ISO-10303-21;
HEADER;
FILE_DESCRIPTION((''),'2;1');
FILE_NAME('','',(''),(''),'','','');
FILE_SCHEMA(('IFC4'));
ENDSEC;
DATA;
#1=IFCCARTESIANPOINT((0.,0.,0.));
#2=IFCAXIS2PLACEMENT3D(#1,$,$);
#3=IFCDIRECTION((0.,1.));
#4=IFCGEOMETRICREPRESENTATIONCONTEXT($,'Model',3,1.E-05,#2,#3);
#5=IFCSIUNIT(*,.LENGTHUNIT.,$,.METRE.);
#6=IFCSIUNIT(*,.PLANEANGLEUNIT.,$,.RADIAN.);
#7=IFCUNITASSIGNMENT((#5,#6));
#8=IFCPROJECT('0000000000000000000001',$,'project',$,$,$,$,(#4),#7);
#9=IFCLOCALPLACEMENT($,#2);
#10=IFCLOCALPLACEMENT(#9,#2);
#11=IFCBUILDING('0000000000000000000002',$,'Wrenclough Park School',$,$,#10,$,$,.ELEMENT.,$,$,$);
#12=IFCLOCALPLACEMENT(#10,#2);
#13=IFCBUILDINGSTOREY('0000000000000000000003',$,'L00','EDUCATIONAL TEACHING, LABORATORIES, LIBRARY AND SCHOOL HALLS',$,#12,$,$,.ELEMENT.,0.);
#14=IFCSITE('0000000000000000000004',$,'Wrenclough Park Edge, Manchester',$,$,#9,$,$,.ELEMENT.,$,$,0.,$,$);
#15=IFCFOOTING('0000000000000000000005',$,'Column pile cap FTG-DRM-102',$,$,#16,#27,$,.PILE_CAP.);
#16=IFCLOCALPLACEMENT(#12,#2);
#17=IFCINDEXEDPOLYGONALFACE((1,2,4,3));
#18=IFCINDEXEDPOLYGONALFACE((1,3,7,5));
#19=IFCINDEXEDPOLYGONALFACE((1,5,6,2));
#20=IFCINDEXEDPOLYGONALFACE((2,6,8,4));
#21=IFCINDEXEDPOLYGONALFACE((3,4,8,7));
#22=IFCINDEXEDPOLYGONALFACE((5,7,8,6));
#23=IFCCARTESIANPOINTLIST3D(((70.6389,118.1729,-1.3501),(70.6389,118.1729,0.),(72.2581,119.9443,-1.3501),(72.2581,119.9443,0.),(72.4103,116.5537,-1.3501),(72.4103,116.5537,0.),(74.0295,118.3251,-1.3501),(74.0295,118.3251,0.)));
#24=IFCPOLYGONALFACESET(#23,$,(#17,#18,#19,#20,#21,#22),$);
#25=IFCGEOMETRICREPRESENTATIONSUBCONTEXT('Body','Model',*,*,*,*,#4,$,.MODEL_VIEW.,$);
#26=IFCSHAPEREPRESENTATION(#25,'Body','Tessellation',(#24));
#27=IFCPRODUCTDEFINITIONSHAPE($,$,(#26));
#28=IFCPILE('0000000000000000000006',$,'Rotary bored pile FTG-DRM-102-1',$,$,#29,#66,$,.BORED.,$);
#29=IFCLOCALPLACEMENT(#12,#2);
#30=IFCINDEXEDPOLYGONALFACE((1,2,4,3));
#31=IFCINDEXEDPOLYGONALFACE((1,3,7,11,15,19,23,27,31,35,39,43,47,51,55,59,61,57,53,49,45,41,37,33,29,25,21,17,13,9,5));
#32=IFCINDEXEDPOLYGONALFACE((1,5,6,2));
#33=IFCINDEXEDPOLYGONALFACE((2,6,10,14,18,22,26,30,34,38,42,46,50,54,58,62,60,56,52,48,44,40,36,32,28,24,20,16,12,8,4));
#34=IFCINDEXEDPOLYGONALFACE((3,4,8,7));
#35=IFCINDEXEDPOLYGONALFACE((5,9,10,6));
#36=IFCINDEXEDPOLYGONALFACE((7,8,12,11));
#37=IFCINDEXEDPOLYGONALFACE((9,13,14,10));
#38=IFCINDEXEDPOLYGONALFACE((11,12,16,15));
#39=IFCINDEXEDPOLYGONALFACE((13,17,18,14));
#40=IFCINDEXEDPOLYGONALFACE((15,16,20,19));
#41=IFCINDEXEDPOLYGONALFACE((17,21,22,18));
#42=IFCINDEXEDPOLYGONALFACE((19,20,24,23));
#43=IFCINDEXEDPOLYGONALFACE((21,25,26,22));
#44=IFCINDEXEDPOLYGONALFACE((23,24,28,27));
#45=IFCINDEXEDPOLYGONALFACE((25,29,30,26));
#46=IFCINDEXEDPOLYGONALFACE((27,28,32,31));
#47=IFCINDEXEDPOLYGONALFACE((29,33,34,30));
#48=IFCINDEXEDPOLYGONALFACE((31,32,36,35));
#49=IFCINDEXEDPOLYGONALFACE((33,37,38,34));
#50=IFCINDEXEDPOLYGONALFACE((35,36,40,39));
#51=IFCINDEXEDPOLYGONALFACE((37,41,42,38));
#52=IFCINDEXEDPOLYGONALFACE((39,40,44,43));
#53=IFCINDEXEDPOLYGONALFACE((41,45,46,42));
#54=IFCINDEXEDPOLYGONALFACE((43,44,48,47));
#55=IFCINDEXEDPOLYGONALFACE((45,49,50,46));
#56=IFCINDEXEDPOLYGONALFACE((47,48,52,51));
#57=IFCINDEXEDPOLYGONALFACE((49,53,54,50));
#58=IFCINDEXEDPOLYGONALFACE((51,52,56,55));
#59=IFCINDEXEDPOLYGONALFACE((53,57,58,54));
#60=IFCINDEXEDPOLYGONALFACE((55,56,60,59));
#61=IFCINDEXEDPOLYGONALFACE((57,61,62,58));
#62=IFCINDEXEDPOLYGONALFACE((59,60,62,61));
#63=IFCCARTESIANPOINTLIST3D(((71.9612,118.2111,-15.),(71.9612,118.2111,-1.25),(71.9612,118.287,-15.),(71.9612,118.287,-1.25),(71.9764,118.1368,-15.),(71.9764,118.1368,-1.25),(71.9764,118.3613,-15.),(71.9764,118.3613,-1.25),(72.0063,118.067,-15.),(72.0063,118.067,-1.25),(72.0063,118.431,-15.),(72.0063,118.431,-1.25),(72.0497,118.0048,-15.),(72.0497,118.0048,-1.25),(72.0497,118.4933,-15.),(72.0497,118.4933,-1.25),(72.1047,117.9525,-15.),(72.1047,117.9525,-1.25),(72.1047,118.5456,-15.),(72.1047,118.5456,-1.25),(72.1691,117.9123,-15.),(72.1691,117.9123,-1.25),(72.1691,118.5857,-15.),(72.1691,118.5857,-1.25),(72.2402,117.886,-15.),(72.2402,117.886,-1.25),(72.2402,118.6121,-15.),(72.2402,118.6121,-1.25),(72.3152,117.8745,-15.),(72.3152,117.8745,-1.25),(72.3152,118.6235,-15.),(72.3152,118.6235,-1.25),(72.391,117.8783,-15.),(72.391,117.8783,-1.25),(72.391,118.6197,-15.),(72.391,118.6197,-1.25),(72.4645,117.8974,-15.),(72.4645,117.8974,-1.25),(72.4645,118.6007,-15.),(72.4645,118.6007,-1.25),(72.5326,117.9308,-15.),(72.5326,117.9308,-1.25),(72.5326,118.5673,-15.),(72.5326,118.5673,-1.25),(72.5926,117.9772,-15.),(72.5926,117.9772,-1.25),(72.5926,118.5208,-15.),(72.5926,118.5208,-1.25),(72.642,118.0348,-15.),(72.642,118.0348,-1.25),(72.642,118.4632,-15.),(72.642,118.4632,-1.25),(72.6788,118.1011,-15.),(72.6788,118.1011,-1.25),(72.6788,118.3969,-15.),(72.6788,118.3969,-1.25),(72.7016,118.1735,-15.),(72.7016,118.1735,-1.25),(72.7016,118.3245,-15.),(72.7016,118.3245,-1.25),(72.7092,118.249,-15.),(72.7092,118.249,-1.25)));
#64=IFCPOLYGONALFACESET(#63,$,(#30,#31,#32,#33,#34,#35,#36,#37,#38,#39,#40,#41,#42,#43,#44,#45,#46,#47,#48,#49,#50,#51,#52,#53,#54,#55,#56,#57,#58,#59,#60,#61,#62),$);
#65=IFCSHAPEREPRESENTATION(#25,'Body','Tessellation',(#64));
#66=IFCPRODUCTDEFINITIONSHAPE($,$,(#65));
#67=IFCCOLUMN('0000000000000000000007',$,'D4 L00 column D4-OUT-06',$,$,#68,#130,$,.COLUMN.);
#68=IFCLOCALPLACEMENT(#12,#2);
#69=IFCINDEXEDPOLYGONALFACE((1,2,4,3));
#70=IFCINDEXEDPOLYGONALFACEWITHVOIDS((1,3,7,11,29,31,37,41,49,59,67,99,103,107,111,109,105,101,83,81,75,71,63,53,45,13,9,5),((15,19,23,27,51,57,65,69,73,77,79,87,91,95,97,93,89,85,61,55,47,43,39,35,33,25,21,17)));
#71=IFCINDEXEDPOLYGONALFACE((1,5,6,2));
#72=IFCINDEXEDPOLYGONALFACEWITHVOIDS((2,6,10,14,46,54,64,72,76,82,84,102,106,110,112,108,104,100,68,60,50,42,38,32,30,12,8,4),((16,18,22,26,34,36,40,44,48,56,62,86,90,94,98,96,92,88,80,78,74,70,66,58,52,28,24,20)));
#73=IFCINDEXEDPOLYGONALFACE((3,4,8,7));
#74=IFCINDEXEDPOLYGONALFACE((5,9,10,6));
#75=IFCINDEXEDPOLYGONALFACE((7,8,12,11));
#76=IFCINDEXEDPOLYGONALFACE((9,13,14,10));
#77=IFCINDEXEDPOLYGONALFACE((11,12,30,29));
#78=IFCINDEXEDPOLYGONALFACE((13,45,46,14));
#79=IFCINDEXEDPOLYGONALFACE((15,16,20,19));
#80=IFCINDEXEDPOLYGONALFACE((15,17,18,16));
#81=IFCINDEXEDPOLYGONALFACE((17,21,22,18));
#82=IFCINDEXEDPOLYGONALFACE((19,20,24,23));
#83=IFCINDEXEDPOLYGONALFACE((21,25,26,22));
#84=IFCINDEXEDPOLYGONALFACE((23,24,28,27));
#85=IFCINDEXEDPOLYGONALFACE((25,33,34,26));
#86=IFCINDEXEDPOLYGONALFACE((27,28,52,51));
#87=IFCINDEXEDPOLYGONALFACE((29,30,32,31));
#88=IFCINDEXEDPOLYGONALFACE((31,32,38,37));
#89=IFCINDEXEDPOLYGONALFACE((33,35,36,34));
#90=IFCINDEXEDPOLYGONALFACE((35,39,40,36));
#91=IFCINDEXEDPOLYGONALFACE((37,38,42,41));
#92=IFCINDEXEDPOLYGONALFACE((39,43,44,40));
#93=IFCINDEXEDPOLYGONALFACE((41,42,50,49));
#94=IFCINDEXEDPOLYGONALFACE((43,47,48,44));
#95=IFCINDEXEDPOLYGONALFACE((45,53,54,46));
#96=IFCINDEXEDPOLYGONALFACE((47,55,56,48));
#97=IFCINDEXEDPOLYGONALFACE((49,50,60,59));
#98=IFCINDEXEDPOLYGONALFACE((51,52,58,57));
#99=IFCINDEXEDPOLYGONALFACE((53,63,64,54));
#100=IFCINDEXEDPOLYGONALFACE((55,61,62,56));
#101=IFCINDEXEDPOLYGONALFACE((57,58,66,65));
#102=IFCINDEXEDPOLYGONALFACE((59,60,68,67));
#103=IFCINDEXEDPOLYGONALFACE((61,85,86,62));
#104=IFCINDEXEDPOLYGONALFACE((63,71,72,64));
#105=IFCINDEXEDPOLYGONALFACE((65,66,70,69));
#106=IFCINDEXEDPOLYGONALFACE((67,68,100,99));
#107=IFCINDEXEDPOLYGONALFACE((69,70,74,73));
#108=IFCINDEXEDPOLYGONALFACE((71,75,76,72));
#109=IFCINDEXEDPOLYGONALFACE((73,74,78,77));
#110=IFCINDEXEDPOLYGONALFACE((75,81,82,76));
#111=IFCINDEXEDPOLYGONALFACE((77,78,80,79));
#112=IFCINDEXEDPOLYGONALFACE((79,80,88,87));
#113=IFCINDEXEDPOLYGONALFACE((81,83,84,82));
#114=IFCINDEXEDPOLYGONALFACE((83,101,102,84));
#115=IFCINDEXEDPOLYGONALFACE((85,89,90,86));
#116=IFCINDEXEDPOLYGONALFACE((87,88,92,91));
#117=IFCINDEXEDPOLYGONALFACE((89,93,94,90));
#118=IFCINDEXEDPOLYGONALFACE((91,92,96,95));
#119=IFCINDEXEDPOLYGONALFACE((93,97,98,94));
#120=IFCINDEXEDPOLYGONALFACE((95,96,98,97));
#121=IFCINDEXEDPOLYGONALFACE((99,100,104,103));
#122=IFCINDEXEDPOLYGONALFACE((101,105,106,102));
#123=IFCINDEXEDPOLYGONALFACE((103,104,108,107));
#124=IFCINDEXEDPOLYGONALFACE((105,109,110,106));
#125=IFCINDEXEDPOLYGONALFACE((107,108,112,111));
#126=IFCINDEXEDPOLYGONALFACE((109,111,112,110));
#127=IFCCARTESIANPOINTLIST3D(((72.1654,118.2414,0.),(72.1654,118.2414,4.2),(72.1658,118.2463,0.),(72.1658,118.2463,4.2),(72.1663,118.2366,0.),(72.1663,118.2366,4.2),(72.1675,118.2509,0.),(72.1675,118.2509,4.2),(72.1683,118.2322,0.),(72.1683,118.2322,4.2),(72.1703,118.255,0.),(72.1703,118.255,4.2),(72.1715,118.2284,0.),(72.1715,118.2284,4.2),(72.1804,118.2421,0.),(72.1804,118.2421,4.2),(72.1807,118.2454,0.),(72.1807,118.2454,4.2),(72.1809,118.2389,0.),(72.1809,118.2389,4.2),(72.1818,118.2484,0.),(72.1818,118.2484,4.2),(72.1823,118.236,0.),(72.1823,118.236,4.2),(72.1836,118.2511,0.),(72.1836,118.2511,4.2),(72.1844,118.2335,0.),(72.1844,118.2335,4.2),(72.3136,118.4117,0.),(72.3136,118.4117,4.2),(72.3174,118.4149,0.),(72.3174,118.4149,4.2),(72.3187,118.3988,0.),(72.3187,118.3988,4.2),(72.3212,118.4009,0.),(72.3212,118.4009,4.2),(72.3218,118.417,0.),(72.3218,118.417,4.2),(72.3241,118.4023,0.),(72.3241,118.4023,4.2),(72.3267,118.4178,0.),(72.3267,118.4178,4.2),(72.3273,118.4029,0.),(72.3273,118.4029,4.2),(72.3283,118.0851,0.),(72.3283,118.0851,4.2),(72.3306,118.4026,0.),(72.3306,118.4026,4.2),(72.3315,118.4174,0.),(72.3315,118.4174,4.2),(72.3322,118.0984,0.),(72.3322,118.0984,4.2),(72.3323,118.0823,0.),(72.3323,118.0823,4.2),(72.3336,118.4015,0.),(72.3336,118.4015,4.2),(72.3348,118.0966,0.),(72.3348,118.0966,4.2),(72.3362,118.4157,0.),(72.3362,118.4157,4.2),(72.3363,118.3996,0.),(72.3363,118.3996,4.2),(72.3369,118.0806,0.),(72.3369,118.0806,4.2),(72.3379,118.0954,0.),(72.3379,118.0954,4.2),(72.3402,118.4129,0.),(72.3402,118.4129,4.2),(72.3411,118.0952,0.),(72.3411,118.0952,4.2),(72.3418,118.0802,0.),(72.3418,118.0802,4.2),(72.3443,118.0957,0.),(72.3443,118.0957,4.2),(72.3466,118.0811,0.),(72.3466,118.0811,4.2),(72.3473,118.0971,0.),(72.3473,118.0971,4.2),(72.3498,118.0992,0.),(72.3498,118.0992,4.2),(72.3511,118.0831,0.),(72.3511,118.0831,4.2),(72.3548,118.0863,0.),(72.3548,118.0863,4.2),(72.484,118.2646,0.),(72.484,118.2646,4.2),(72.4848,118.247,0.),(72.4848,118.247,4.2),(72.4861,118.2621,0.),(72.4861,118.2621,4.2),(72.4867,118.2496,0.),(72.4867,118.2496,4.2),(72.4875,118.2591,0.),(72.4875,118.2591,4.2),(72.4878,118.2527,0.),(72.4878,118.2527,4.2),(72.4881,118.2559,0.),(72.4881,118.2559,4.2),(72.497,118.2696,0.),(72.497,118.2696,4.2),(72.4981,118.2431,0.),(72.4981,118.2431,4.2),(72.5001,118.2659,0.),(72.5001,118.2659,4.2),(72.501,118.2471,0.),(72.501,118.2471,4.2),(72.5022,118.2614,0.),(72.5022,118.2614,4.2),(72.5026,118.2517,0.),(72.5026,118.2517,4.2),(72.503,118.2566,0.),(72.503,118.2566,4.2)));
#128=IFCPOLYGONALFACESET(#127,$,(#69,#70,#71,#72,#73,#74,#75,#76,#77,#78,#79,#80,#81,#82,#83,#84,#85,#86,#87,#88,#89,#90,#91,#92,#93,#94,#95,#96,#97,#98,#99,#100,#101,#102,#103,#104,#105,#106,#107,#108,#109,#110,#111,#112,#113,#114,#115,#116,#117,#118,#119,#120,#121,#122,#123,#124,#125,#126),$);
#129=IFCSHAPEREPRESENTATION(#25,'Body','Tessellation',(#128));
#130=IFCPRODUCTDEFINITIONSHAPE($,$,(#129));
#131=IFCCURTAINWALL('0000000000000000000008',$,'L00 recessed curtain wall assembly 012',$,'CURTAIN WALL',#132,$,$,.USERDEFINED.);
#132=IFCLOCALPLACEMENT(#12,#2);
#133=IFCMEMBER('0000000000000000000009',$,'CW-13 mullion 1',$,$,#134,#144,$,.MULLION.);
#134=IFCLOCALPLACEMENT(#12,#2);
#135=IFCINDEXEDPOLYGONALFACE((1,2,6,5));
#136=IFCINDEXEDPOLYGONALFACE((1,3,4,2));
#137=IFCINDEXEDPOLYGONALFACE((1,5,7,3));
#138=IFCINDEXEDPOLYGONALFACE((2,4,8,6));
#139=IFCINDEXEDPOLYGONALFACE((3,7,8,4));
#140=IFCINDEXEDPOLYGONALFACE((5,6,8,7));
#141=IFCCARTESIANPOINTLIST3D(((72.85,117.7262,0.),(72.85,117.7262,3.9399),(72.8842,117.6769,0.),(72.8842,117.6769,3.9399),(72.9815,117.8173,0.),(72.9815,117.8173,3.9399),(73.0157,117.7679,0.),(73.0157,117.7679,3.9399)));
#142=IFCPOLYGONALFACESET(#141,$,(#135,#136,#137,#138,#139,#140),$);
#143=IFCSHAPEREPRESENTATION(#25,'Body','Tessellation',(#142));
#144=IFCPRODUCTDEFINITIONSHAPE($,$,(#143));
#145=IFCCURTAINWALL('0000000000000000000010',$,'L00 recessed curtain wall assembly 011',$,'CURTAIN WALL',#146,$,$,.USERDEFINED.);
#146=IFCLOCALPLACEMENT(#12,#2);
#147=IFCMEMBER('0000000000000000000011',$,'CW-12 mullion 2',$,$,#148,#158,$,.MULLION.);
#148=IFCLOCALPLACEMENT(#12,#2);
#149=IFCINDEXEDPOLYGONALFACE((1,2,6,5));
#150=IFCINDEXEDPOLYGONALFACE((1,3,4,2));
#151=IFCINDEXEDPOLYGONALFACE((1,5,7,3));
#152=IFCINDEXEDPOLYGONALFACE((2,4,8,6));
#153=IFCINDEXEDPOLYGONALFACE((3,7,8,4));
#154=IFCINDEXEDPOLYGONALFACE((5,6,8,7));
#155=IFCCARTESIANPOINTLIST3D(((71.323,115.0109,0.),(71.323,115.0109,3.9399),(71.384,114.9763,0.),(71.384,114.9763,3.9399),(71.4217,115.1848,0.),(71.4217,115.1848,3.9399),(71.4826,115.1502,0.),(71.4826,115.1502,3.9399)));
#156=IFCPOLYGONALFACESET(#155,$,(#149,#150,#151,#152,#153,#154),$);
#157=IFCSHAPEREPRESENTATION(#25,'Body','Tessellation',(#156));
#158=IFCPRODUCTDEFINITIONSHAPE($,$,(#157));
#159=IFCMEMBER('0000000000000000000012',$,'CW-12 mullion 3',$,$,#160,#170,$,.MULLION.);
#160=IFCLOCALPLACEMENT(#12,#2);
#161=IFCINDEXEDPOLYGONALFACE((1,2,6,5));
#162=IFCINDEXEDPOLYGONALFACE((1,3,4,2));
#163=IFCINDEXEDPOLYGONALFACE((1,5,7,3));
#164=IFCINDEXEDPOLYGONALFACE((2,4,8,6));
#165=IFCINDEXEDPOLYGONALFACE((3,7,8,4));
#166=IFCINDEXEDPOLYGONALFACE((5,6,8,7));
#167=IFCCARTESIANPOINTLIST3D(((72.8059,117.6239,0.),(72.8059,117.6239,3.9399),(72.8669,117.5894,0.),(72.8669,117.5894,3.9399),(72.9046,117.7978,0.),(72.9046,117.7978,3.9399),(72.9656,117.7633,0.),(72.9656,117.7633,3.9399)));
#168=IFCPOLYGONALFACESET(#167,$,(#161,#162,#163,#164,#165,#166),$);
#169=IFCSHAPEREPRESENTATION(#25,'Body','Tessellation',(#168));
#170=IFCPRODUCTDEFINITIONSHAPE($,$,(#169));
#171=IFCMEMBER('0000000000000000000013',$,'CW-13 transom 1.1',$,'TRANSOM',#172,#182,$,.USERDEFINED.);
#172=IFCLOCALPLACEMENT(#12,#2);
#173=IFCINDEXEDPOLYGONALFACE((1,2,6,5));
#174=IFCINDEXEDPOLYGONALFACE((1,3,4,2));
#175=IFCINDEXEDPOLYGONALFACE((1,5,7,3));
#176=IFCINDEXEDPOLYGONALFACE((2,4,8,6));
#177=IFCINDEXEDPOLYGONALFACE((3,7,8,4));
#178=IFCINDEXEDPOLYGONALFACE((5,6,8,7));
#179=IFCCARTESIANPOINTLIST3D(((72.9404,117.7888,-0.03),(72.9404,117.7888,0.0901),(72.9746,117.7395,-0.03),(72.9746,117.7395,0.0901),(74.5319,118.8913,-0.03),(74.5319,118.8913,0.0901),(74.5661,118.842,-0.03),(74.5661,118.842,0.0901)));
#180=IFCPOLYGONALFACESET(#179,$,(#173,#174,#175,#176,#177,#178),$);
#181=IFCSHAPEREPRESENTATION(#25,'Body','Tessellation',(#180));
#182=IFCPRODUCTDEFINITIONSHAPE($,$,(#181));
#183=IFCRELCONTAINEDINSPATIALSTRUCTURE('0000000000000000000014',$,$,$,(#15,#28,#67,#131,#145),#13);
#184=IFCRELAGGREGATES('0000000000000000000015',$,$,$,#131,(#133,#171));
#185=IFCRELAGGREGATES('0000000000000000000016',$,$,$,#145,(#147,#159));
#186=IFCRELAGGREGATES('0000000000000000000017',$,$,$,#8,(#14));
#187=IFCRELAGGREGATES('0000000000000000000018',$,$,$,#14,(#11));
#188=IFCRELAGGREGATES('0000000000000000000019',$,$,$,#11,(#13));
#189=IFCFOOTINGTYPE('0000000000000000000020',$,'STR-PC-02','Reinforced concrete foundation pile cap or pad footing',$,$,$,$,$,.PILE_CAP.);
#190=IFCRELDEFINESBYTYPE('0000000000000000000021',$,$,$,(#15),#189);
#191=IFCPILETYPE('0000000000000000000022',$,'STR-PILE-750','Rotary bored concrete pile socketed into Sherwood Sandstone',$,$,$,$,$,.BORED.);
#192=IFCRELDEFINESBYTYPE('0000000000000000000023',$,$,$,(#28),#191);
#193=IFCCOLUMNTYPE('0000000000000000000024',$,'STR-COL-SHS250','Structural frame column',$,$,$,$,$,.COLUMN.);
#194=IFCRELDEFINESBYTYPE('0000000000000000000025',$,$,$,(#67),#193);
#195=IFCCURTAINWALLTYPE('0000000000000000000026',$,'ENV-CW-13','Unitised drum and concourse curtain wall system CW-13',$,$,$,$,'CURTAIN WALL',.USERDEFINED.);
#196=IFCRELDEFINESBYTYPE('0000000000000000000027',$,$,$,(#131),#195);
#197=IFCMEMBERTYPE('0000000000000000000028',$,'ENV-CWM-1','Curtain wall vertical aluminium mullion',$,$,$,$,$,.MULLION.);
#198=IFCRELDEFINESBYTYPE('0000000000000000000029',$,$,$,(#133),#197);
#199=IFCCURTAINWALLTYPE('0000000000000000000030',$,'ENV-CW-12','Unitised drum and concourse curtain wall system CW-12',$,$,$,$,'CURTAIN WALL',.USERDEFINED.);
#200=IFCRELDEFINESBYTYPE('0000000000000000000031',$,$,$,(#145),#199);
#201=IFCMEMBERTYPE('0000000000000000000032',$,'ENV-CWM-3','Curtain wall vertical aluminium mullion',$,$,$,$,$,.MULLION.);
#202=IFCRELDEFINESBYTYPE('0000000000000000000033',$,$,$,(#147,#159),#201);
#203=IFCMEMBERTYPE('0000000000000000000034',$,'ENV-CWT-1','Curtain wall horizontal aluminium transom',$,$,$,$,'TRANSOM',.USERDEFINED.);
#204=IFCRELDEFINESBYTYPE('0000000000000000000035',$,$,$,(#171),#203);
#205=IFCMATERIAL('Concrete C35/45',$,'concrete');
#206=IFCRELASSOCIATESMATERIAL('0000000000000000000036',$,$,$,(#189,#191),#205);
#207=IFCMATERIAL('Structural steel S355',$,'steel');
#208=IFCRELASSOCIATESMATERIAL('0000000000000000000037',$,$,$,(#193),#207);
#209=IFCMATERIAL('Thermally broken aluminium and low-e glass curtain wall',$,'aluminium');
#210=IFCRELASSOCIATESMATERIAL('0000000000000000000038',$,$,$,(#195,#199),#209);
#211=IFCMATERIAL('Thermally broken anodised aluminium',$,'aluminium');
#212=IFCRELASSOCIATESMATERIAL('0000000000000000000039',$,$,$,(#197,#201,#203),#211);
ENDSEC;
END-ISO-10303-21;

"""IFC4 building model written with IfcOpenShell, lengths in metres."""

from ifc_helpers import new_model, si_unit, direction, frame, origin, origin_2d, place, context, subcontext, project, spatial, rectangle, hollow_rectangle, circle, extrude, material, material_profile, profile_set, type_object, element, aggregate, save


model = new_model("IFC4")

# Units and contexts
model_context = context("Model", 3, precision=1e-05, world=origin(), true_north=direction((0.0, 1.0)))
body_context = subcontext(model_context, "Body", "Model", "MODEL_VIEW")
ifc_project = project(units=[si_unit("LENGTHUNIT", "METRE"), si_unit("PLANEANGLEUNIT", "RADIAN")], contexts=[model_context])

# Site, building, storey
site_placement = place(None, origin())
site = spatial("IfcSite", under=ifc_project, at=site_placement, Name="Wrenclough Park Edge, Manchester", CompositionType="ELEMENT", RefElevation=0.0)
building_placement = place(site_placement, origin())
building = spatial("IfcBuilding", under=site, at=building_placement, Name="Wrenclough Park School", CompositionType="ELEMENT")
storey_placement = place(building_placement, origin())
storey = spatial("IfcBuildingStorey", under=building, at=storey_placement, Name="L00", Description="EDUCATIONAL TEACHING, LABORATORIES, LIBRARY AND SCHOOL HALLS", CompositionType="ELEMENT", Elevation=0.0)

# Footing
ifc_material_1 = material(Name="Concrete C35/45", Category="concrete")
footing_type = type_object("IfcFootingType", Name="STR-PC-02", Description="Reinforced concrete foundation pile cap or pad footing", PredefinedType="PILE_CAP", material=ifc_material_1)
footing_placement = place(storey_placement, frame((72.3342, 118.249, -1.3501), z_axis=(0.0, 0.0, 1.0), x_axis=(-0.674689, -0.738102, 0.0)))
element("IfcFooting", 1, at=footing_placement, inside=storey, type_object=footing_type, Name="Column pile cap FTG-DRM-102", PredefinedType="PILE_CAP", context=body_context, shape_type="SweptSolid", body=[
    extrude(rectangle(XDim=2.3999, YDim=2.3999, at=origin_2d()), origin(), (0.0, 0.0, 1.0), 1.3501),
])

# Pile
ifc_material_profile_1 = material_profile(ifc_material_1, circle(Radius=0.375, at=origin_2d()), Name="BORED PILE D750")
ifc_profile_set_1 = profile_set([ifc_material_profile_1], Name="Concrete C35/45")
pile_type = type_object("IfcPileType", Name="STR-PILE-750", Description="Rotary bored concrete pile socketed into Sherwood Sandstone", PredefinedType="BORED", material=ifc_profile_set_1)
pile_placement = place(storey_placement, frame((72.3342, 118.249, -1.25), z_axis=(0.0, 0.0, -1.0), x_axis=(1.0, 0.0, 0.0)))
element("IfcPile", 2, at=pile_placement, inside=storey, type_object=pile_type, Name="Rotary bored pile FTG-DRM-102-1", PredefinedType="BORED", context=body_context, shape_type="SweptSolid", body=[
    extrude(circle(Radius=0.375, at=origin_2d()), origin(), (0.0, 0.0, 1.0), 13.75),
])

# Column
ifc_material_2 = material(Name="Structural steel S355", Category="steel")
ifc_material_profile_2 = material_profile(ifc_material_2, hollow_rectangle(XDim=0.25, YDim=0.25, WallThickness=0.0125, InnerFilletRadius=0.0125, OuterFilletRadius=0.0188, at=origin_2d()), Name="SHS 250x250x12.5")
ifc_profile_set_2 = profile_set([ifc_material_profile_2], Name="Structural steel S355")
column_type = type_object("IfcColumnType", Name="STR-COL-SHS250", Description="Structural frame column", PredefinedType="COLUMN", material=ifc_profile_set_2)
column_placement = place(storey_placement, frame((72.3342, 118.249, 0.0), z_axis=(0.0, 0.0, 1.0), x_axis=(-0.674689, -0.738102, 0.0)))
element("IfcColumn", 3, at=column_placement, inside=storey, type_object=column_type, Name="D4 L00 column D4-OUT-06", PredefinedType="COLUMN", context=body_context, shape_type="SweptSolid", body=[
    extrude(hollow_rectangle(XDim=0.25, YDim=0.25, WallThickness=0.0125, InnerFilletRadius=0.0125, OuterFilletRadius=0.0188, at=origin_2d()), origin(), (0.0, 0.0, 1.0), 4.2),
])

# Curtain wall, member
ifc_material_3 = material(Name="Thermally broken aluminium and low-e glass curtain wall", Category="aluminium")
curtain_wall_type_1 = type_object("IfcCurtainWallType", Name="ENV-CW-13", Description="Unitised drum and concourse curtain wall system CW-13", ElementType="CURTAIN WALL", PredefinedType="USERDEFINED", material=ifc_material_3)
curtain_wall_1_placement = place(storey_placement, origin())
curtain_wall_1 = element("IfcCurtainWall", 4, at=curtain_wall_1_placement, inside=storey, type_object=curtain_wall_type_1, Name="L00 recessed curtain wall assembly 012", ObjectType="CURTAIN WALL", PredefinedType="USERDEFINED")
ifc_material_4 = material(Name="Thermally broken anodised aluminium", Category="aluminium")
ifc_material_profile_3 = material_profile(ifc_material_4, rectangle(XDim=0.0601, YDim=0.1599, at=origin_2d()), Name="AL MULLION 60x160")
ifc_profile_set_3 = profile_set([ifc_material_profile_3], Name="Thermally broken anodised aluminium")
member_type_1 = type_object("IfcMemberType", Name="ENV-CWM-1", Description="Curtain wall vertical aluminium mullion", PredefinedType="MULLION", material=ifc_profile_set_3)
member_1_placement = place(storey_placement, frame((72.9329, 117.7471, 0.0), z_axis=(0.0, 0.0, 1.0), x_axis=(-0.569486, 0.822001, 0.0)))
member_1 = element("IfcMember", 5, at=member_1_placement, type_object=member_type_1, Name="CW-13 mullion 1", PredefinedType="MULLION", context=body_context, shape_type="SweptSolid", body=[
    extrude(rectangle(XDim=0.0601, YDim=0.1599, at=origin_2d()), origin(), (0.0, 0.0, 1.0), 3.9399),
])

# Curtain wall, members
curtain_wall_type_2 = type_object("IfcCurtainWallType", Name="ENV-CW-12", Description="Unitised drum and concourse curtain wall system CW-12", ElementType="CURTAIN WALL", PredefinedType="USERDEFINED", material=ifc_material_3)
curtain_wall_2_placement = place(storey_placement, origin())
curtain_wall_2 = element("IfcCurtainWall", 6, at=curtain_wall_2_placement, inside=storey, type_object=curtain_wall_type_2, Name="L00 recessed curtain wall assembly 011", ObjectType="CURTAIN WALL", PredefinedType="USERDEFINED")
ifc_material_profile_4 = material_profile(ifc_material_4, rectangle(XDim=0.0701, YDim=0.2, at=origin_2d()), Name="AL MULLION 70x200")
ifc_profile_set_4 = profile_set([ifc_material_profile_4], Name="Thermally broken anodised aluminium")
member_type_2 = type_object("IfcMemberType", Name="ENV-CWM-3", Description="Curtain wall vertical aluminium mullion", PredefinedType="MULLION", material=ifc_profile_set_4)
member_2_placement = place(storey_placement, frame((71.4028, 115.0806, 0.0), z_axis=(0.0, 0.0, 1.0), x_axis=(-0.869745, 0.493501, 0.0)))
member_2 = element("IfcMember", 7, at=member_2_placement, type_object=member_type_2, Name="CW-12 mullion 2", PredefinedType="MULLION", context=body_context, shape_type="SweptSolid", body=[
    extrude(rectangle(XDim=0.0701, YDim=0.2, at=origin_2d()), origin(), (0.0, 0.0, 1.0), 3.9399),
])
member_3_placement = place(storey_placement, frame((72.8857, 117.6936, 0.0), z_axis=(0.0, 0.0, 1.0), x_axis=(-0.869745, 0.493501, 0.0)))
member_3 = element("IfcMember", 8, at=member_3_placement, type_object=member_type_2, Name="CW-12 mullion 3", PredefinedType="MULLION", context=body_context, shape_type="SweptSolid", body=[
    extrude(rectangle(XDim=0.0701, YDim=0.2, at=origin_2d()), origin(), (0.0, 0.0, 1.0), 3.9399),
])

# Member
ifc_material_profile_5 = material_profile(ifc_material_4, rectangle(XDim=0.0601, YDim=0.1201, at=origin_2d()), Name="AL TRANSOM 60x120")
ifc_profile_set_5 = profile_set([ifc_material_profile_5], Name="Thermally broken anodised aluminium")
member_type_3 = type_object("IfcMemberType", Name="ENV-CWT-1", Description="Curtain wall horizontal aluminium transom", ElementType="TRANSOM", PredefinedType="USERDEFINED", material=ifc_profile_set_5)
member_4_placement = place(storey_placement, frame((72.9575, 117.7642, 0.03), z_axis=(0.822024, 0.569453, 0.0), x_axis=(-0.569453, 0.822024, 0.0)))
member_4 = element("IfcMember", 9, at=member_4_placement, type_object=member_type_3, Name="CW-13 transom 1.1", ObjectType="TRANSOM", PredefinedType="USERDEFINED", context=body_context, shape_type="SweptSolid", body=[
    extrude(rectangle(XDim=0.0601, YDim=0.1201, at=origin_2d()), origin(), (0.0, 0.0, 1.0), 1.936),
])

aggregate(curtain_wall_1, [member_1, member_4])
aggregate(curtain_wall_2, [member_2, member_3])

save(model, "model.ifc")
